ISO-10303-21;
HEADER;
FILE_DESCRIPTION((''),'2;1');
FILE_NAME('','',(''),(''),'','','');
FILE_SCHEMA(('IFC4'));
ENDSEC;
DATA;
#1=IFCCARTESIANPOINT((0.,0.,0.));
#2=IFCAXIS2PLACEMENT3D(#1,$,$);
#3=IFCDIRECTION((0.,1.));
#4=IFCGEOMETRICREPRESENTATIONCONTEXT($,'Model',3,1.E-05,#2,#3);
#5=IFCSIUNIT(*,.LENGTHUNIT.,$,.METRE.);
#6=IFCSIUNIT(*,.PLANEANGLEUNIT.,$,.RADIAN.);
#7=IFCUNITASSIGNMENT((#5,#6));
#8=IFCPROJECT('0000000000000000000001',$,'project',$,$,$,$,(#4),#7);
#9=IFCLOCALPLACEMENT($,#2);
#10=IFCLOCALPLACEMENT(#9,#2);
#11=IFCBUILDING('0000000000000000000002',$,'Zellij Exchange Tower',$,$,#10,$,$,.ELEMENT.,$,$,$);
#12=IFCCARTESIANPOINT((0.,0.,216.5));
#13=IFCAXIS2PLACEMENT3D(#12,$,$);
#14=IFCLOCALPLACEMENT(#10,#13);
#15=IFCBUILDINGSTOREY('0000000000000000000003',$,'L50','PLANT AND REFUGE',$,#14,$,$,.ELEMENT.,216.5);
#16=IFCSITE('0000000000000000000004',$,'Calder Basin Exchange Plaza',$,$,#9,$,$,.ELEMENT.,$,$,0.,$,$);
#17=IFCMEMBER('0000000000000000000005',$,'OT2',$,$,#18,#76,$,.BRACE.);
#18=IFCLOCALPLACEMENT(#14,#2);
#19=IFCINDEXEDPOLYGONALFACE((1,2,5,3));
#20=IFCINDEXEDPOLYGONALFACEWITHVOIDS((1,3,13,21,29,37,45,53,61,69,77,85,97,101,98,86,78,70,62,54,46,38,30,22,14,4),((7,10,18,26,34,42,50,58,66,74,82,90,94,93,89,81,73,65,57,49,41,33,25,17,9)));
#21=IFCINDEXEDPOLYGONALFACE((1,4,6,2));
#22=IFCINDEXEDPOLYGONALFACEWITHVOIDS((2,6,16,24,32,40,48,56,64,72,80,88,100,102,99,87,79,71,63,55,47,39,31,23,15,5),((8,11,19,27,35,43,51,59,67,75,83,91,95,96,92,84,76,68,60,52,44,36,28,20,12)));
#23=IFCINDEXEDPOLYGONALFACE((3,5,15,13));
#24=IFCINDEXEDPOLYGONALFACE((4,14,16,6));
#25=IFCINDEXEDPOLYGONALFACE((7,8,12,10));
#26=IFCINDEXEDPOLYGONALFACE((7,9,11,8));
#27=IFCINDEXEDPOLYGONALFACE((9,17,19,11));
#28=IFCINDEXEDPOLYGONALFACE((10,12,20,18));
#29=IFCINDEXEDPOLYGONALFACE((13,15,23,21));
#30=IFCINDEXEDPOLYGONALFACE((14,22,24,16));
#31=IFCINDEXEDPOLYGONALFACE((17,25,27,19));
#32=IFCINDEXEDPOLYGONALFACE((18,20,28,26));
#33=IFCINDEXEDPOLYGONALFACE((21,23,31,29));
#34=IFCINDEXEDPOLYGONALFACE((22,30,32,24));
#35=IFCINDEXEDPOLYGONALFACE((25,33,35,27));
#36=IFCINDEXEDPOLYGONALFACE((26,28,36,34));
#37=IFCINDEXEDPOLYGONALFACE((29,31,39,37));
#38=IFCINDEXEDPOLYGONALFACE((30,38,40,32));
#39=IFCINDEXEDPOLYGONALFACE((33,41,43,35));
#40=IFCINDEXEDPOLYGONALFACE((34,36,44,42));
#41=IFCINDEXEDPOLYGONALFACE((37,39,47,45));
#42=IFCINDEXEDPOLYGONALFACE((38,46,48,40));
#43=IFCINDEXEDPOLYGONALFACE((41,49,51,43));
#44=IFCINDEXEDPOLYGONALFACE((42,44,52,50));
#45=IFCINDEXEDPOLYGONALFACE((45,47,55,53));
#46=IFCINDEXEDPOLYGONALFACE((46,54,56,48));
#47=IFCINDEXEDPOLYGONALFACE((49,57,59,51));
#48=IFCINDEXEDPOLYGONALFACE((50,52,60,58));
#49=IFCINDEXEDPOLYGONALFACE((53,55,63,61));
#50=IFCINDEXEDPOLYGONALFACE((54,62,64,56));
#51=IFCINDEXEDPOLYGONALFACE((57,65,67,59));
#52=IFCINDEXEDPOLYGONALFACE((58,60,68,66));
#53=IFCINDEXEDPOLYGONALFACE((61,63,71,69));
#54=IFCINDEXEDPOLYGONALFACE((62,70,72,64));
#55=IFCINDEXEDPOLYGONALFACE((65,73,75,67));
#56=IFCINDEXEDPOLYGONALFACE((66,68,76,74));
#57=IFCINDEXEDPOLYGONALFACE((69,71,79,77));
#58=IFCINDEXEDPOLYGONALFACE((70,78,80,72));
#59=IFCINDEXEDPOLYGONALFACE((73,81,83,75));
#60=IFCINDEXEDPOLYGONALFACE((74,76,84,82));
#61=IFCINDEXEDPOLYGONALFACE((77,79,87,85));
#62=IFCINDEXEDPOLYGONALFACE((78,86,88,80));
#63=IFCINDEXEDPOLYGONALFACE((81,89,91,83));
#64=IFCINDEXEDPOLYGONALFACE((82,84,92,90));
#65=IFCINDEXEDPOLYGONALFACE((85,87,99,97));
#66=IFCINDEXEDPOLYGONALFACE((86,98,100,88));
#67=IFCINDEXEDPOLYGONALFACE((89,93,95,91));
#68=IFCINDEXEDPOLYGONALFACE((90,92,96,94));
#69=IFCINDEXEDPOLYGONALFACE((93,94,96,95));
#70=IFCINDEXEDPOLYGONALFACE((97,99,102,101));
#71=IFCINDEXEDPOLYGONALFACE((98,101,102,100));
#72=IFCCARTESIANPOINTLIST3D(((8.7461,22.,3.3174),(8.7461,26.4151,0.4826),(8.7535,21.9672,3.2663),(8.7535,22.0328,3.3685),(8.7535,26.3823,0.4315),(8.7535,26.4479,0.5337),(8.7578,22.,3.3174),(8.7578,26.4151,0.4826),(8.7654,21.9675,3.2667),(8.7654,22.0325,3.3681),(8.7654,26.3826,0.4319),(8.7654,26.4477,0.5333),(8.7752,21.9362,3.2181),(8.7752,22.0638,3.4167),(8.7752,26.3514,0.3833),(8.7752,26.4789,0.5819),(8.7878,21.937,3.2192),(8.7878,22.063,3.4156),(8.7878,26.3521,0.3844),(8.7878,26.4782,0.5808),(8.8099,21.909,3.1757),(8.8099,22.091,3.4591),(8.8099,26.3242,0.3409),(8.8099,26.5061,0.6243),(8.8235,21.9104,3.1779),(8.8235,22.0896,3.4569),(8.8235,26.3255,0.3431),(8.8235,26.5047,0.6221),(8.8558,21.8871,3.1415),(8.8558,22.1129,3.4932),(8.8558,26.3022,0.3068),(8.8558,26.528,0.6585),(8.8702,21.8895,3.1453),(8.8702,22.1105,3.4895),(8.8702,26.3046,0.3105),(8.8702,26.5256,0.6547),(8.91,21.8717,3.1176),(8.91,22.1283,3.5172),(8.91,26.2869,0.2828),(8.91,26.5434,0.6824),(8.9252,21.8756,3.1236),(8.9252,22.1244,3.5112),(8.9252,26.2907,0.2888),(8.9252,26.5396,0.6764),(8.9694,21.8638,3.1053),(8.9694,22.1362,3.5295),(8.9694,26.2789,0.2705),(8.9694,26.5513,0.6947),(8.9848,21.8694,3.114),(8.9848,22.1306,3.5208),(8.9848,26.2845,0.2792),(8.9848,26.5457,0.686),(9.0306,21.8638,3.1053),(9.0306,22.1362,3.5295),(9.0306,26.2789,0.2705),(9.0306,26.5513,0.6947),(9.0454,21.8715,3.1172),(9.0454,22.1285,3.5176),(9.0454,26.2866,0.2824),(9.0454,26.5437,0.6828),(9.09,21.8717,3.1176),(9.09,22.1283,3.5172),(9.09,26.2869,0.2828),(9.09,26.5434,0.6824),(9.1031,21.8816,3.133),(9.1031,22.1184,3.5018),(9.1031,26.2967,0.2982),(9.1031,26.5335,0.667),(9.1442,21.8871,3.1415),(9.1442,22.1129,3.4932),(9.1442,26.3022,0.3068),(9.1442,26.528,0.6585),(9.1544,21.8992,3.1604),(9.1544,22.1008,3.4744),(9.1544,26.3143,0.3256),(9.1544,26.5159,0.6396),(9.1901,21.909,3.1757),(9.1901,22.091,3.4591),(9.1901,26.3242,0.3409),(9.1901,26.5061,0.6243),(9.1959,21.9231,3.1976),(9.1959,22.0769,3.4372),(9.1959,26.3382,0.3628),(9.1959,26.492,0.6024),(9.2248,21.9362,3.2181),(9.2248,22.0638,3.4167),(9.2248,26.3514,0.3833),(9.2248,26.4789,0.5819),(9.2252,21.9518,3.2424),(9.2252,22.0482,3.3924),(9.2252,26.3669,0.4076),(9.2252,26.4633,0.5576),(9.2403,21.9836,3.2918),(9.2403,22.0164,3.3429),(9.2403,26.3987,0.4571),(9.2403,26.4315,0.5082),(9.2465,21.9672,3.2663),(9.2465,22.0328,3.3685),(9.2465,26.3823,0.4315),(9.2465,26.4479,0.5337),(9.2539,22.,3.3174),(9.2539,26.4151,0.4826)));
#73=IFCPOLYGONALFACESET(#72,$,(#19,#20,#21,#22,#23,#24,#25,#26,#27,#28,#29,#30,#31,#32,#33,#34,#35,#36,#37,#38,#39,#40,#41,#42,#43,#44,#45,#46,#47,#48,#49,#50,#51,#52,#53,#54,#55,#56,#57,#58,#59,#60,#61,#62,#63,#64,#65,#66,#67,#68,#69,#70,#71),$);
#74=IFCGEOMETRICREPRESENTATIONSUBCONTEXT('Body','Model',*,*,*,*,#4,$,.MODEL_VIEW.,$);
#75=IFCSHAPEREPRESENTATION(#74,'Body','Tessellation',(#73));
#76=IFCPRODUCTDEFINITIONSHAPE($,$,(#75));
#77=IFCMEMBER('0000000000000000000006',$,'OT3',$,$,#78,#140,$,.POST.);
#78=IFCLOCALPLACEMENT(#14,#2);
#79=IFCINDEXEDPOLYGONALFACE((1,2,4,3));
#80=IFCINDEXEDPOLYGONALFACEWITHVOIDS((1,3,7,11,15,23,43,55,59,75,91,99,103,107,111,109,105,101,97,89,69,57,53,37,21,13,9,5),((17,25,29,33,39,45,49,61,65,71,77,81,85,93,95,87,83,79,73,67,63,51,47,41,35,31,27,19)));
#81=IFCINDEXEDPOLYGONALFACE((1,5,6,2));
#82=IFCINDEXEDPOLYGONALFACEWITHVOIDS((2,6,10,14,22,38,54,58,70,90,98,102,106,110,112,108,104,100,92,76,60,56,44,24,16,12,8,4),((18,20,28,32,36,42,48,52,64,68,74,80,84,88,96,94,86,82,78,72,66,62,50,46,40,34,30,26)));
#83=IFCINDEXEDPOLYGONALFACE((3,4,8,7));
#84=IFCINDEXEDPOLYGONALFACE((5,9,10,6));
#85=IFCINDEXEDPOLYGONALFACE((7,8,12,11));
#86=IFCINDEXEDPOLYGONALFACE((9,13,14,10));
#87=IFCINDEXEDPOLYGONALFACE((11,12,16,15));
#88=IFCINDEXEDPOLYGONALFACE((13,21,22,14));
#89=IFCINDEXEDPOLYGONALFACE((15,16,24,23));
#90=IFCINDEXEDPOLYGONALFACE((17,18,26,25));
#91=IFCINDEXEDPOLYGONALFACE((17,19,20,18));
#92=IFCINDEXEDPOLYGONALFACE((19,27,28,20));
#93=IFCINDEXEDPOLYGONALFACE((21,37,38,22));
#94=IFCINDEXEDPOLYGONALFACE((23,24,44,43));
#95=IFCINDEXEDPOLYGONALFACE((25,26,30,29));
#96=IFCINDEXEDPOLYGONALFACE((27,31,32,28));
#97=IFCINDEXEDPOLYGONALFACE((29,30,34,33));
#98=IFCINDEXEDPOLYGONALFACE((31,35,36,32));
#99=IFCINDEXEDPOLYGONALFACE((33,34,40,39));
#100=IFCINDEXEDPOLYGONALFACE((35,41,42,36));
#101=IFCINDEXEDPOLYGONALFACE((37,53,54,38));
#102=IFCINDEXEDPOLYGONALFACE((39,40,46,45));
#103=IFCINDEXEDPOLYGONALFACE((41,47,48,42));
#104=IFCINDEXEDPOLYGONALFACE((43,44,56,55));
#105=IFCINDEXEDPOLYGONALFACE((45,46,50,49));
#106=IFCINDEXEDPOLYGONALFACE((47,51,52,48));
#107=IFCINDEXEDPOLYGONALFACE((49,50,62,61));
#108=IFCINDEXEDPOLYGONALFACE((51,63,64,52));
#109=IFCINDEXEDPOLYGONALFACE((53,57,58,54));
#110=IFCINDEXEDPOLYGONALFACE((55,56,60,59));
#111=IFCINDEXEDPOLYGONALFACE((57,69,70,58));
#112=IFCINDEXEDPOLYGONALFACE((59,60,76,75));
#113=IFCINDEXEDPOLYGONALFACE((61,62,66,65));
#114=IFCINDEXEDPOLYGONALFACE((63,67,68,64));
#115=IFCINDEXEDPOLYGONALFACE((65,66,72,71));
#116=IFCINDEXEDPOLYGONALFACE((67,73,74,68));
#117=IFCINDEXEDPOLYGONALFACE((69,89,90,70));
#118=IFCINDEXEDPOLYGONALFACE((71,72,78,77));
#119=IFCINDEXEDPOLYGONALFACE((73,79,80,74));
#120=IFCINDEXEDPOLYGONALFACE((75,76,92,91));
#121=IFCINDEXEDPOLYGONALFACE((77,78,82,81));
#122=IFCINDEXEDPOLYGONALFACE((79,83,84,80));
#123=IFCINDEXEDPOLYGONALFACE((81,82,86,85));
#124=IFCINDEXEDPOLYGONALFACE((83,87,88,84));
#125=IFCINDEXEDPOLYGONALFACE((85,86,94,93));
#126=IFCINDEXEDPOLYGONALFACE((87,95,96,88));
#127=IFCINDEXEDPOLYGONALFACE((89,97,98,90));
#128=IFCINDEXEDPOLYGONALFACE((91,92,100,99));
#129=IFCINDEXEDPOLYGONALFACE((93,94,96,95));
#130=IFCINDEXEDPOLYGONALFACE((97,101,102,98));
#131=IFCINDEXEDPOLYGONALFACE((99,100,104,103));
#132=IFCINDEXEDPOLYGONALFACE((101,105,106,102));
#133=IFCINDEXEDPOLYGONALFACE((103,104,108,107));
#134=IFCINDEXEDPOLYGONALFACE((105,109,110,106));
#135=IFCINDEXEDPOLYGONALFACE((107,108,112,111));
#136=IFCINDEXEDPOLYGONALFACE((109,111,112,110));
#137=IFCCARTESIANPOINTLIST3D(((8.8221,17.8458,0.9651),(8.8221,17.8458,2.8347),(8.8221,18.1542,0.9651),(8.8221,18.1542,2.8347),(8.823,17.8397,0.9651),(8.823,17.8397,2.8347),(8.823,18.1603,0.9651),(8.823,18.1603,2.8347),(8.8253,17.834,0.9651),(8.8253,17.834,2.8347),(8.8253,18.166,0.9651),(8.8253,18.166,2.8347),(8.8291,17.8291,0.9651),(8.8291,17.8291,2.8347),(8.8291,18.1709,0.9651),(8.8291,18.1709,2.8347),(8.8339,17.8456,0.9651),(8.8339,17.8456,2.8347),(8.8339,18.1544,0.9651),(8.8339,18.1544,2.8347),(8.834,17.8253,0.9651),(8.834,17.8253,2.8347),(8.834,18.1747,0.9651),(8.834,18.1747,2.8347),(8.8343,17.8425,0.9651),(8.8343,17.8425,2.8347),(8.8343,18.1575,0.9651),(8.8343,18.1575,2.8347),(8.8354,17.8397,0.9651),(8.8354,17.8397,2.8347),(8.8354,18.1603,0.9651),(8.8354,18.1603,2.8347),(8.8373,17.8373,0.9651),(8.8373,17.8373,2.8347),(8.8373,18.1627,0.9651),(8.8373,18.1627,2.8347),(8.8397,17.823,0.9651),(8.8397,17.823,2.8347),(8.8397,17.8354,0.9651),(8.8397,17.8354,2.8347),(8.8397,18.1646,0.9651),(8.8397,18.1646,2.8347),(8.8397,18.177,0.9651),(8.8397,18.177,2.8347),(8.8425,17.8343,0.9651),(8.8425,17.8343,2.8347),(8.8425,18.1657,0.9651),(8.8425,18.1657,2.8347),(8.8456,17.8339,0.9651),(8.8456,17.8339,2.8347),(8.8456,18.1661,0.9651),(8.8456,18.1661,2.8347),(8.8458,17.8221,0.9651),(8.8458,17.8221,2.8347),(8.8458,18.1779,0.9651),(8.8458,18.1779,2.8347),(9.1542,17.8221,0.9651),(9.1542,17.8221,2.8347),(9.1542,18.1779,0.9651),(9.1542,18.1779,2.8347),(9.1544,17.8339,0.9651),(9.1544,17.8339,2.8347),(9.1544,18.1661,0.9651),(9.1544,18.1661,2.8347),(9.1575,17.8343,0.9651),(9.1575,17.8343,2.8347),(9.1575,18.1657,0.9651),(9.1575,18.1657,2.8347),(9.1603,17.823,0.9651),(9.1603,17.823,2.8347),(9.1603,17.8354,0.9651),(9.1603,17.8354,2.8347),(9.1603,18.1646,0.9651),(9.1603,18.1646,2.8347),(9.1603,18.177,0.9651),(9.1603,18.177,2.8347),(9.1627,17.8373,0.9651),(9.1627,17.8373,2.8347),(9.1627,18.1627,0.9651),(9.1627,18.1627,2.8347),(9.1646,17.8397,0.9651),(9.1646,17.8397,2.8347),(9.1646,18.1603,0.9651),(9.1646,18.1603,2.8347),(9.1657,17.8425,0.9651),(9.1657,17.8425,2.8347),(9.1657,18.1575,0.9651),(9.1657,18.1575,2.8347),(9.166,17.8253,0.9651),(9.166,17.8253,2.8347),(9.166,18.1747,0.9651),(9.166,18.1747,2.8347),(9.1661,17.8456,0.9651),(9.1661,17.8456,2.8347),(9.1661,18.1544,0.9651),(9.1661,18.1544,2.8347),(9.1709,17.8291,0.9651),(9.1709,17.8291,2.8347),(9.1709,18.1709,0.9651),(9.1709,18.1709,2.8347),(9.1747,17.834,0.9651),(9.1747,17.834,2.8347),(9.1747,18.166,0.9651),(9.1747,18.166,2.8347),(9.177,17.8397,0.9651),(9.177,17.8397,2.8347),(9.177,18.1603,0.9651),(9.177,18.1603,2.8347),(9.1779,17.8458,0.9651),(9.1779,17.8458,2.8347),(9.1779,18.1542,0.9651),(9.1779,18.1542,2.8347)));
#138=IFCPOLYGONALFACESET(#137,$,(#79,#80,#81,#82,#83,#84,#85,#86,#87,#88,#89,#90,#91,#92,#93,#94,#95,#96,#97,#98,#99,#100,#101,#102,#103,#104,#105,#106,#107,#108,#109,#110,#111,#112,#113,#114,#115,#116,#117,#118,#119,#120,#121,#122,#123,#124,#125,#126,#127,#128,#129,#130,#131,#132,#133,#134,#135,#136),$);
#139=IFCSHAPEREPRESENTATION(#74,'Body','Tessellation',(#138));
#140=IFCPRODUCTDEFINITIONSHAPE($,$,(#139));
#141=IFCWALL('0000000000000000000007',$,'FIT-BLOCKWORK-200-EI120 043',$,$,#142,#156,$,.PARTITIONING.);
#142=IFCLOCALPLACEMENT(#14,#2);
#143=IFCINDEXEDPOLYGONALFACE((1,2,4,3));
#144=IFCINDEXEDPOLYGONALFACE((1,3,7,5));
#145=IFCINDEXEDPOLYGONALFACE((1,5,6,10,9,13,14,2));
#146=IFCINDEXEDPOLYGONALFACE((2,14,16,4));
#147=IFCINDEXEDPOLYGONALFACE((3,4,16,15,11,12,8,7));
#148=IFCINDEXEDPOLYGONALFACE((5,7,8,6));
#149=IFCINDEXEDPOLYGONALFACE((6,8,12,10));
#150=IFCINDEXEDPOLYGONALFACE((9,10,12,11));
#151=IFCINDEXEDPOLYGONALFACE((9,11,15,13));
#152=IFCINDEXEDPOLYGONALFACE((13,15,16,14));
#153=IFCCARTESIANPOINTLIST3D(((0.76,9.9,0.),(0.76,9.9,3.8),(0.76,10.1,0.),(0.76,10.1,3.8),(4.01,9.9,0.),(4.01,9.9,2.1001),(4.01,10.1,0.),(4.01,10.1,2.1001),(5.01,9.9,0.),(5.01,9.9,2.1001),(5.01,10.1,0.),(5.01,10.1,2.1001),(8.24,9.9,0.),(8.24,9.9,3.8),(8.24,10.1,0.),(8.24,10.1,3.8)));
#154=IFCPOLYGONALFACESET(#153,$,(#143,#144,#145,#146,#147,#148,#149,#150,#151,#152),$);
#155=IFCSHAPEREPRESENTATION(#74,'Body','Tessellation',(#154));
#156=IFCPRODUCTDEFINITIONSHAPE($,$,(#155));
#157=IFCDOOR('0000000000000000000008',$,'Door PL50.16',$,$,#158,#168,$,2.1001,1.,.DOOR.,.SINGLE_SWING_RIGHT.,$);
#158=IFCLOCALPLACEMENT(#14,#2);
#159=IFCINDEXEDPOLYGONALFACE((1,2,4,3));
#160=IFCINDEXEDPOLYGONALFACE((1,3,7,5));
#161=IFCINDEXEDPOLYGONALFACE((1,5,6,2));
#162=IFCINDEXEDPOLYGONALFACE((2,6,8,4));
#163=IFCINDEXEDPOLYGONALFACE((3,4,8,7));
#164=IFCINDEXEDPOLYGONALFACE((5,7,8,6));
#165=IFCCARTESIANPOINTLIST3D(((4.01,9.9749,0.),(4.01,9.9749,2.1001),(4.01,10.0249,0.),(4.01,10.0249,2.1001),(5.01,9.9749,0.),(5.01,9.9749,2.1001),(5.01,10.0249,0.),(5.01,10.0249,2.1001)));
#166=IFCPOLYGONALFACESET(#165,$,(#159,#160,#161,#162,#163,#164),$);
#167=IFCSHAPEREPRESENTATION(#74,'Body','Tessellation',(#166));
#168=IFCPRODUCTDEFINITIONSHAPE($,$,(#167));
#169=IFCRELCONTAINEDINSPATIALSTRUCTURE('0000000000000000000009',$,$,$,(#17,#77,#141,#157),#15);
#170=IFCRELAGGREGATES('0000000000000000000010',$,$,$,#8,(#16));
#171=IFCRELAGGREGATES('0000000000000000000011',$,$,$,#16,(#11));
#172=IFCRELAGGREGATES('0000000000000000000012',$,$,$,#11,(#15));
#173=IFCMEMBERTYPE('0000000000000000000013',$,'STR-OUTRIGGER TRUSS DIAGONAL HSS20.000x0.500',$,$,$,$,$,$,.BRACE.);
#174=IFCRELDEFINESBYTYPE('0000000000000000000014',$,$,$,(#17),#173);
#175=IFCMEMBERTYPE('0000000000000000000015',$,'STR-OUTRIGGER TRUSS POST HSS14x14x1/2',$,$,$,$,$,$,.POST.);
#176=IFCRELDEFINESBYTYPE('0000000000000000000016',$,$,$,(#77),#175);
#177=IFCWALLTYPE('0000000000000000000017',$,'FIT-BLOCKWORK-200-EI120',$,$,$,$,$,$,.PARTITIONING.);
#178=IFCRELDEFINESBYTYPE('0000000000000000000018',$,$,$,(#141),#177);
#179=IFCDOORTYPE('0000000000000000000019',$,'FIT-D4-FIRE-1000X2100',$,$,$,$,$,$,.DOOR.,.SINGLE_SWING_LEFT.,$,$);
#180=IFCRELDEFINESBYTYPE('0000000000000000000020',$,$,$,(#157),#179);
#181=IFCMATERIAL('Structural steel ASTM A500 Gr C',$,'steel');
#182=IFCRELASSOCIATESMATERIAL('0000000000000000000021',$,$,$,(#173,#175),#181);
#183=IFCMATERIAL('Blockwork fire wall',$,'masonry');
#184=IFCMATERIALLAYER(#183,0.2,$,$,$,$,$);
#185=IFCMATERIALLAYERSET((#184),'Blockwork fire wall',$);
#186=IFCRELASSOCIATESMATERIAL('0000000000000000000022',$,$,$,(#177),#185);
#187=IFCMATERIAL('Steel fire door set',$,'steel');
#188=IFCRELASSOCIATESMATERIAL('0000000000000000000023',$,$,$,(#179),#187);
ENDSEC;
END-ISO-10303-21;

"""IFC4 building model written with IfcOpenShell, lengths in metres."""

from ifc_helpers import new_model, si_unit, direction, frame, frame_2d, origin, origin_2d, place, context, subcontext, project, spatial, rectangle, hollow_rectangle, hollow_circle, extrude, material, layer, layer_set, material_profile, profile_set, type_object, element, fill, save


model = new_model("IFC4")

# Units and contexts
model_context = context("Model", 3, precision=1e-05, world=origin(), true_north=direction((0.0, 1.0)))
body_context = subcontext(model_context, "Body", "Model", "MODEL_VIEW")
ifc_project = project(units=[si_unit("LENGTHUNIT", "METRE"), si_unit("PLANEANGLEUNIT", "RADIAN")], contexts=[model_context])

# Site, building, storey
site_placement = place(None, origin())
site = spatial("IfcSite", under=ifc_project, at=site_placement, Name="Calder Basin Exchange Plaza", CompositionType="ELEMENT", RefElevation=0.0)
building_placement = place(site_placement, origin())
building = spatial("IfcBuilding", under=site, at=building_placement, Name="Zellij Exchange Tower", CompositionType="ELEMENT")
storey_placement = place(building_placement, frame((0.0, 0.0, 216.5)))
storey = spatial("IfcBuildingStorey", under=building, at=storey_placement, Name="L50", Description="PLANT AND REFUGE", CompositionType="ELEMENT", Elevation=216.5)

# Members
ifc_material_1 = material(Name="Structural steel ASTM A500 Gr C", Category="steel")
ifc_material_profile_1 = material_profile(ifc_material_1, hollow_circle(Radius=0.2539, WallThickness=0.0117, at=origin_2d()), Name="STR-OUTRIGGER TRUSS DIAGONAL HSS20.000x0.500")
ifc_profile_set_1 = profile_set([ifc_material_profile_1], Name="Structural steel ASTM A500 Gr C")
member_type_1 = type_object("IfcMemberType", Name="STR-OUTRIGGER TRUSS DIAGONAL HSS20.000x0.500", PredefinedType="BRACE", material=ifc_profile_set_1)
member_1_placement = place(storey_placement, frame((9.0, 22.0, 3.3174), z_axis=(0.0, 0.841484, -0.540282), x_axis=(-1.0, 0.0, 0.0)))
element("IfcMember", 1, at=member_1_placement, inside=storey, type_object=member_type_1, Name="OT2", PredefinedType="BRACE", context=body_context, shape_type="SweptSolid", body=[
    extrude(hollow_circle(Radius=0.2539, WallThickness=0.0117, at=origin_2d()), origin(), (0.0, 0.0, 1.0), 5.2468),
])
ifc_material_profile_2 = material_profile(ifc_material_1, hollow_rectangle(XDim=0.3557, YDim=0.3557, WallThickness=0.0117, InnerFilletRadius=0.0117, OuterFilletRadius=0.0237, at=origin_2d()), Name="STR-OUTRIGGER TRUSS POST HSS14x14x1/2")
ifc_profile_set_2 = profile_set([ifc_material_profile_2], Name="Structural steel ASTM A500 Gr C")
member_type_2 = type_object("IfcMemberType", Name="STR-OUTRIGGER TRUSS POST HSS14x14x1/2", PredefinedType="POST", material=ifc_profile_set_2)
member_2_placement = place(storey_placement, frame((9.0, 18.0, 0.9651), z_axis=(0.0, 0.0, 1.0), x_axis=(1.0, 0.0, 0.0)))
element("IfcMember", 2, at=member_2_placement, inside=storey, type_object=member_type_2, Name="OT3", PredefinedType="POST", context=body_context, shape_type="SweptSolid", body=[
    extrude(hollow_rectangle(XDim=0.3557, YDim=0.3557, WallThickness=0.0117, InnerFilletRadius=0.0117, OuterFilletRadius=0.0237, at=origin_2d()), origin(), (0.0, 0.0, 1.0), 1.8696),
])

# Wall, opening, door
ifc_material_2 = material(Name="Blockwork fire wall", Category="masonry")
ifc_layer = layer(ifc_material_2, 0.2)
ifc_layer_set = layer_set([ifc_layer], Name="Blockwork fire wall")
wall_type = type_object("IfcWallType", Name="FIT-BLOCKWORK-200-EI120", PredefinedType="PARTITIONING", material=ifc_layer_set)
wall_1_placement = place(storey_placement, frame((0.76, 10.0, 0.0), z_axis=(0.0, 0.0, 1.0), x_axis=(1.0, 0.0, 0.0)))
wall_1 = element("IfcWall", 3, at=wall_1_placement, inside=storey, type_object=wall_type, Name="FIT-BLOCKWORK-200-EI120 043", PredefinedType="PARTITIONING", context=body_context, shape_type="SweptSolid", body=[
    extrude(rectangle(XDim=7.48, YDim=0.2, at=frame_2d((3.74, 0.0))), origin(), (0.0, 0.0, 1.0), 3.8),
])
opening_1_placement = place(wall_1_placement, frame((3.25, 0.0, 0.0)))
opening_1 = element("IfcOpeningElement", 4, at=opening_1_placement, cuts=wall_1, PredefinedType="OPENING", context=body_context, shape_type="SweptSolid", body=[
    extrude(rectangle(XDim=1.0, YDim=2.1001, at=frame_2d((0.5, 1.05))), frame((0.0, 0.1118, 0.0), z_axis=(0.0, -1.0, 0.0), x_axis=(1.0, 0.0, 0.0)), (0.0, 0.0, 1.0), 0.2239),
])
ifc_material_3 = material(Name="Steel fire door set", Category="steel")
door_type = type_object("IfcDoorType", Name="FIT-D4-FIRE-1000X2100", OperationType="SINGLE_SWING_LEFT", PredefinedType="DOOR", material=ifc_material_3)
door_1_placement = place(opening_1_placement, origin())
door_1 = element("IfcDoor", 5, at=door_1_placement, inside=storey, type_object=door_type, Name="Door PL50.16", OperationType="SINGLE_SWING_RIGHT", OverallHeight=2.1001, OverallWidth=1.0, PredefinedType="DOOR", context=body_context, shape_type="SweptSolid", body=[
    extrude(rectangle(XDim=1.0, YDim=2.1001, at=frame_2d((0.5, 1.05))), frame((0.0, 0.0249, 0.0), z_axis=(0.0, -1.0, 0.0), x_axis=(1.0, 0.0, 0.0)), (0.0, 0.0, 1.0), 0.05),
])
fill(opening_1, door_1)

save(model, "model.ifc")
